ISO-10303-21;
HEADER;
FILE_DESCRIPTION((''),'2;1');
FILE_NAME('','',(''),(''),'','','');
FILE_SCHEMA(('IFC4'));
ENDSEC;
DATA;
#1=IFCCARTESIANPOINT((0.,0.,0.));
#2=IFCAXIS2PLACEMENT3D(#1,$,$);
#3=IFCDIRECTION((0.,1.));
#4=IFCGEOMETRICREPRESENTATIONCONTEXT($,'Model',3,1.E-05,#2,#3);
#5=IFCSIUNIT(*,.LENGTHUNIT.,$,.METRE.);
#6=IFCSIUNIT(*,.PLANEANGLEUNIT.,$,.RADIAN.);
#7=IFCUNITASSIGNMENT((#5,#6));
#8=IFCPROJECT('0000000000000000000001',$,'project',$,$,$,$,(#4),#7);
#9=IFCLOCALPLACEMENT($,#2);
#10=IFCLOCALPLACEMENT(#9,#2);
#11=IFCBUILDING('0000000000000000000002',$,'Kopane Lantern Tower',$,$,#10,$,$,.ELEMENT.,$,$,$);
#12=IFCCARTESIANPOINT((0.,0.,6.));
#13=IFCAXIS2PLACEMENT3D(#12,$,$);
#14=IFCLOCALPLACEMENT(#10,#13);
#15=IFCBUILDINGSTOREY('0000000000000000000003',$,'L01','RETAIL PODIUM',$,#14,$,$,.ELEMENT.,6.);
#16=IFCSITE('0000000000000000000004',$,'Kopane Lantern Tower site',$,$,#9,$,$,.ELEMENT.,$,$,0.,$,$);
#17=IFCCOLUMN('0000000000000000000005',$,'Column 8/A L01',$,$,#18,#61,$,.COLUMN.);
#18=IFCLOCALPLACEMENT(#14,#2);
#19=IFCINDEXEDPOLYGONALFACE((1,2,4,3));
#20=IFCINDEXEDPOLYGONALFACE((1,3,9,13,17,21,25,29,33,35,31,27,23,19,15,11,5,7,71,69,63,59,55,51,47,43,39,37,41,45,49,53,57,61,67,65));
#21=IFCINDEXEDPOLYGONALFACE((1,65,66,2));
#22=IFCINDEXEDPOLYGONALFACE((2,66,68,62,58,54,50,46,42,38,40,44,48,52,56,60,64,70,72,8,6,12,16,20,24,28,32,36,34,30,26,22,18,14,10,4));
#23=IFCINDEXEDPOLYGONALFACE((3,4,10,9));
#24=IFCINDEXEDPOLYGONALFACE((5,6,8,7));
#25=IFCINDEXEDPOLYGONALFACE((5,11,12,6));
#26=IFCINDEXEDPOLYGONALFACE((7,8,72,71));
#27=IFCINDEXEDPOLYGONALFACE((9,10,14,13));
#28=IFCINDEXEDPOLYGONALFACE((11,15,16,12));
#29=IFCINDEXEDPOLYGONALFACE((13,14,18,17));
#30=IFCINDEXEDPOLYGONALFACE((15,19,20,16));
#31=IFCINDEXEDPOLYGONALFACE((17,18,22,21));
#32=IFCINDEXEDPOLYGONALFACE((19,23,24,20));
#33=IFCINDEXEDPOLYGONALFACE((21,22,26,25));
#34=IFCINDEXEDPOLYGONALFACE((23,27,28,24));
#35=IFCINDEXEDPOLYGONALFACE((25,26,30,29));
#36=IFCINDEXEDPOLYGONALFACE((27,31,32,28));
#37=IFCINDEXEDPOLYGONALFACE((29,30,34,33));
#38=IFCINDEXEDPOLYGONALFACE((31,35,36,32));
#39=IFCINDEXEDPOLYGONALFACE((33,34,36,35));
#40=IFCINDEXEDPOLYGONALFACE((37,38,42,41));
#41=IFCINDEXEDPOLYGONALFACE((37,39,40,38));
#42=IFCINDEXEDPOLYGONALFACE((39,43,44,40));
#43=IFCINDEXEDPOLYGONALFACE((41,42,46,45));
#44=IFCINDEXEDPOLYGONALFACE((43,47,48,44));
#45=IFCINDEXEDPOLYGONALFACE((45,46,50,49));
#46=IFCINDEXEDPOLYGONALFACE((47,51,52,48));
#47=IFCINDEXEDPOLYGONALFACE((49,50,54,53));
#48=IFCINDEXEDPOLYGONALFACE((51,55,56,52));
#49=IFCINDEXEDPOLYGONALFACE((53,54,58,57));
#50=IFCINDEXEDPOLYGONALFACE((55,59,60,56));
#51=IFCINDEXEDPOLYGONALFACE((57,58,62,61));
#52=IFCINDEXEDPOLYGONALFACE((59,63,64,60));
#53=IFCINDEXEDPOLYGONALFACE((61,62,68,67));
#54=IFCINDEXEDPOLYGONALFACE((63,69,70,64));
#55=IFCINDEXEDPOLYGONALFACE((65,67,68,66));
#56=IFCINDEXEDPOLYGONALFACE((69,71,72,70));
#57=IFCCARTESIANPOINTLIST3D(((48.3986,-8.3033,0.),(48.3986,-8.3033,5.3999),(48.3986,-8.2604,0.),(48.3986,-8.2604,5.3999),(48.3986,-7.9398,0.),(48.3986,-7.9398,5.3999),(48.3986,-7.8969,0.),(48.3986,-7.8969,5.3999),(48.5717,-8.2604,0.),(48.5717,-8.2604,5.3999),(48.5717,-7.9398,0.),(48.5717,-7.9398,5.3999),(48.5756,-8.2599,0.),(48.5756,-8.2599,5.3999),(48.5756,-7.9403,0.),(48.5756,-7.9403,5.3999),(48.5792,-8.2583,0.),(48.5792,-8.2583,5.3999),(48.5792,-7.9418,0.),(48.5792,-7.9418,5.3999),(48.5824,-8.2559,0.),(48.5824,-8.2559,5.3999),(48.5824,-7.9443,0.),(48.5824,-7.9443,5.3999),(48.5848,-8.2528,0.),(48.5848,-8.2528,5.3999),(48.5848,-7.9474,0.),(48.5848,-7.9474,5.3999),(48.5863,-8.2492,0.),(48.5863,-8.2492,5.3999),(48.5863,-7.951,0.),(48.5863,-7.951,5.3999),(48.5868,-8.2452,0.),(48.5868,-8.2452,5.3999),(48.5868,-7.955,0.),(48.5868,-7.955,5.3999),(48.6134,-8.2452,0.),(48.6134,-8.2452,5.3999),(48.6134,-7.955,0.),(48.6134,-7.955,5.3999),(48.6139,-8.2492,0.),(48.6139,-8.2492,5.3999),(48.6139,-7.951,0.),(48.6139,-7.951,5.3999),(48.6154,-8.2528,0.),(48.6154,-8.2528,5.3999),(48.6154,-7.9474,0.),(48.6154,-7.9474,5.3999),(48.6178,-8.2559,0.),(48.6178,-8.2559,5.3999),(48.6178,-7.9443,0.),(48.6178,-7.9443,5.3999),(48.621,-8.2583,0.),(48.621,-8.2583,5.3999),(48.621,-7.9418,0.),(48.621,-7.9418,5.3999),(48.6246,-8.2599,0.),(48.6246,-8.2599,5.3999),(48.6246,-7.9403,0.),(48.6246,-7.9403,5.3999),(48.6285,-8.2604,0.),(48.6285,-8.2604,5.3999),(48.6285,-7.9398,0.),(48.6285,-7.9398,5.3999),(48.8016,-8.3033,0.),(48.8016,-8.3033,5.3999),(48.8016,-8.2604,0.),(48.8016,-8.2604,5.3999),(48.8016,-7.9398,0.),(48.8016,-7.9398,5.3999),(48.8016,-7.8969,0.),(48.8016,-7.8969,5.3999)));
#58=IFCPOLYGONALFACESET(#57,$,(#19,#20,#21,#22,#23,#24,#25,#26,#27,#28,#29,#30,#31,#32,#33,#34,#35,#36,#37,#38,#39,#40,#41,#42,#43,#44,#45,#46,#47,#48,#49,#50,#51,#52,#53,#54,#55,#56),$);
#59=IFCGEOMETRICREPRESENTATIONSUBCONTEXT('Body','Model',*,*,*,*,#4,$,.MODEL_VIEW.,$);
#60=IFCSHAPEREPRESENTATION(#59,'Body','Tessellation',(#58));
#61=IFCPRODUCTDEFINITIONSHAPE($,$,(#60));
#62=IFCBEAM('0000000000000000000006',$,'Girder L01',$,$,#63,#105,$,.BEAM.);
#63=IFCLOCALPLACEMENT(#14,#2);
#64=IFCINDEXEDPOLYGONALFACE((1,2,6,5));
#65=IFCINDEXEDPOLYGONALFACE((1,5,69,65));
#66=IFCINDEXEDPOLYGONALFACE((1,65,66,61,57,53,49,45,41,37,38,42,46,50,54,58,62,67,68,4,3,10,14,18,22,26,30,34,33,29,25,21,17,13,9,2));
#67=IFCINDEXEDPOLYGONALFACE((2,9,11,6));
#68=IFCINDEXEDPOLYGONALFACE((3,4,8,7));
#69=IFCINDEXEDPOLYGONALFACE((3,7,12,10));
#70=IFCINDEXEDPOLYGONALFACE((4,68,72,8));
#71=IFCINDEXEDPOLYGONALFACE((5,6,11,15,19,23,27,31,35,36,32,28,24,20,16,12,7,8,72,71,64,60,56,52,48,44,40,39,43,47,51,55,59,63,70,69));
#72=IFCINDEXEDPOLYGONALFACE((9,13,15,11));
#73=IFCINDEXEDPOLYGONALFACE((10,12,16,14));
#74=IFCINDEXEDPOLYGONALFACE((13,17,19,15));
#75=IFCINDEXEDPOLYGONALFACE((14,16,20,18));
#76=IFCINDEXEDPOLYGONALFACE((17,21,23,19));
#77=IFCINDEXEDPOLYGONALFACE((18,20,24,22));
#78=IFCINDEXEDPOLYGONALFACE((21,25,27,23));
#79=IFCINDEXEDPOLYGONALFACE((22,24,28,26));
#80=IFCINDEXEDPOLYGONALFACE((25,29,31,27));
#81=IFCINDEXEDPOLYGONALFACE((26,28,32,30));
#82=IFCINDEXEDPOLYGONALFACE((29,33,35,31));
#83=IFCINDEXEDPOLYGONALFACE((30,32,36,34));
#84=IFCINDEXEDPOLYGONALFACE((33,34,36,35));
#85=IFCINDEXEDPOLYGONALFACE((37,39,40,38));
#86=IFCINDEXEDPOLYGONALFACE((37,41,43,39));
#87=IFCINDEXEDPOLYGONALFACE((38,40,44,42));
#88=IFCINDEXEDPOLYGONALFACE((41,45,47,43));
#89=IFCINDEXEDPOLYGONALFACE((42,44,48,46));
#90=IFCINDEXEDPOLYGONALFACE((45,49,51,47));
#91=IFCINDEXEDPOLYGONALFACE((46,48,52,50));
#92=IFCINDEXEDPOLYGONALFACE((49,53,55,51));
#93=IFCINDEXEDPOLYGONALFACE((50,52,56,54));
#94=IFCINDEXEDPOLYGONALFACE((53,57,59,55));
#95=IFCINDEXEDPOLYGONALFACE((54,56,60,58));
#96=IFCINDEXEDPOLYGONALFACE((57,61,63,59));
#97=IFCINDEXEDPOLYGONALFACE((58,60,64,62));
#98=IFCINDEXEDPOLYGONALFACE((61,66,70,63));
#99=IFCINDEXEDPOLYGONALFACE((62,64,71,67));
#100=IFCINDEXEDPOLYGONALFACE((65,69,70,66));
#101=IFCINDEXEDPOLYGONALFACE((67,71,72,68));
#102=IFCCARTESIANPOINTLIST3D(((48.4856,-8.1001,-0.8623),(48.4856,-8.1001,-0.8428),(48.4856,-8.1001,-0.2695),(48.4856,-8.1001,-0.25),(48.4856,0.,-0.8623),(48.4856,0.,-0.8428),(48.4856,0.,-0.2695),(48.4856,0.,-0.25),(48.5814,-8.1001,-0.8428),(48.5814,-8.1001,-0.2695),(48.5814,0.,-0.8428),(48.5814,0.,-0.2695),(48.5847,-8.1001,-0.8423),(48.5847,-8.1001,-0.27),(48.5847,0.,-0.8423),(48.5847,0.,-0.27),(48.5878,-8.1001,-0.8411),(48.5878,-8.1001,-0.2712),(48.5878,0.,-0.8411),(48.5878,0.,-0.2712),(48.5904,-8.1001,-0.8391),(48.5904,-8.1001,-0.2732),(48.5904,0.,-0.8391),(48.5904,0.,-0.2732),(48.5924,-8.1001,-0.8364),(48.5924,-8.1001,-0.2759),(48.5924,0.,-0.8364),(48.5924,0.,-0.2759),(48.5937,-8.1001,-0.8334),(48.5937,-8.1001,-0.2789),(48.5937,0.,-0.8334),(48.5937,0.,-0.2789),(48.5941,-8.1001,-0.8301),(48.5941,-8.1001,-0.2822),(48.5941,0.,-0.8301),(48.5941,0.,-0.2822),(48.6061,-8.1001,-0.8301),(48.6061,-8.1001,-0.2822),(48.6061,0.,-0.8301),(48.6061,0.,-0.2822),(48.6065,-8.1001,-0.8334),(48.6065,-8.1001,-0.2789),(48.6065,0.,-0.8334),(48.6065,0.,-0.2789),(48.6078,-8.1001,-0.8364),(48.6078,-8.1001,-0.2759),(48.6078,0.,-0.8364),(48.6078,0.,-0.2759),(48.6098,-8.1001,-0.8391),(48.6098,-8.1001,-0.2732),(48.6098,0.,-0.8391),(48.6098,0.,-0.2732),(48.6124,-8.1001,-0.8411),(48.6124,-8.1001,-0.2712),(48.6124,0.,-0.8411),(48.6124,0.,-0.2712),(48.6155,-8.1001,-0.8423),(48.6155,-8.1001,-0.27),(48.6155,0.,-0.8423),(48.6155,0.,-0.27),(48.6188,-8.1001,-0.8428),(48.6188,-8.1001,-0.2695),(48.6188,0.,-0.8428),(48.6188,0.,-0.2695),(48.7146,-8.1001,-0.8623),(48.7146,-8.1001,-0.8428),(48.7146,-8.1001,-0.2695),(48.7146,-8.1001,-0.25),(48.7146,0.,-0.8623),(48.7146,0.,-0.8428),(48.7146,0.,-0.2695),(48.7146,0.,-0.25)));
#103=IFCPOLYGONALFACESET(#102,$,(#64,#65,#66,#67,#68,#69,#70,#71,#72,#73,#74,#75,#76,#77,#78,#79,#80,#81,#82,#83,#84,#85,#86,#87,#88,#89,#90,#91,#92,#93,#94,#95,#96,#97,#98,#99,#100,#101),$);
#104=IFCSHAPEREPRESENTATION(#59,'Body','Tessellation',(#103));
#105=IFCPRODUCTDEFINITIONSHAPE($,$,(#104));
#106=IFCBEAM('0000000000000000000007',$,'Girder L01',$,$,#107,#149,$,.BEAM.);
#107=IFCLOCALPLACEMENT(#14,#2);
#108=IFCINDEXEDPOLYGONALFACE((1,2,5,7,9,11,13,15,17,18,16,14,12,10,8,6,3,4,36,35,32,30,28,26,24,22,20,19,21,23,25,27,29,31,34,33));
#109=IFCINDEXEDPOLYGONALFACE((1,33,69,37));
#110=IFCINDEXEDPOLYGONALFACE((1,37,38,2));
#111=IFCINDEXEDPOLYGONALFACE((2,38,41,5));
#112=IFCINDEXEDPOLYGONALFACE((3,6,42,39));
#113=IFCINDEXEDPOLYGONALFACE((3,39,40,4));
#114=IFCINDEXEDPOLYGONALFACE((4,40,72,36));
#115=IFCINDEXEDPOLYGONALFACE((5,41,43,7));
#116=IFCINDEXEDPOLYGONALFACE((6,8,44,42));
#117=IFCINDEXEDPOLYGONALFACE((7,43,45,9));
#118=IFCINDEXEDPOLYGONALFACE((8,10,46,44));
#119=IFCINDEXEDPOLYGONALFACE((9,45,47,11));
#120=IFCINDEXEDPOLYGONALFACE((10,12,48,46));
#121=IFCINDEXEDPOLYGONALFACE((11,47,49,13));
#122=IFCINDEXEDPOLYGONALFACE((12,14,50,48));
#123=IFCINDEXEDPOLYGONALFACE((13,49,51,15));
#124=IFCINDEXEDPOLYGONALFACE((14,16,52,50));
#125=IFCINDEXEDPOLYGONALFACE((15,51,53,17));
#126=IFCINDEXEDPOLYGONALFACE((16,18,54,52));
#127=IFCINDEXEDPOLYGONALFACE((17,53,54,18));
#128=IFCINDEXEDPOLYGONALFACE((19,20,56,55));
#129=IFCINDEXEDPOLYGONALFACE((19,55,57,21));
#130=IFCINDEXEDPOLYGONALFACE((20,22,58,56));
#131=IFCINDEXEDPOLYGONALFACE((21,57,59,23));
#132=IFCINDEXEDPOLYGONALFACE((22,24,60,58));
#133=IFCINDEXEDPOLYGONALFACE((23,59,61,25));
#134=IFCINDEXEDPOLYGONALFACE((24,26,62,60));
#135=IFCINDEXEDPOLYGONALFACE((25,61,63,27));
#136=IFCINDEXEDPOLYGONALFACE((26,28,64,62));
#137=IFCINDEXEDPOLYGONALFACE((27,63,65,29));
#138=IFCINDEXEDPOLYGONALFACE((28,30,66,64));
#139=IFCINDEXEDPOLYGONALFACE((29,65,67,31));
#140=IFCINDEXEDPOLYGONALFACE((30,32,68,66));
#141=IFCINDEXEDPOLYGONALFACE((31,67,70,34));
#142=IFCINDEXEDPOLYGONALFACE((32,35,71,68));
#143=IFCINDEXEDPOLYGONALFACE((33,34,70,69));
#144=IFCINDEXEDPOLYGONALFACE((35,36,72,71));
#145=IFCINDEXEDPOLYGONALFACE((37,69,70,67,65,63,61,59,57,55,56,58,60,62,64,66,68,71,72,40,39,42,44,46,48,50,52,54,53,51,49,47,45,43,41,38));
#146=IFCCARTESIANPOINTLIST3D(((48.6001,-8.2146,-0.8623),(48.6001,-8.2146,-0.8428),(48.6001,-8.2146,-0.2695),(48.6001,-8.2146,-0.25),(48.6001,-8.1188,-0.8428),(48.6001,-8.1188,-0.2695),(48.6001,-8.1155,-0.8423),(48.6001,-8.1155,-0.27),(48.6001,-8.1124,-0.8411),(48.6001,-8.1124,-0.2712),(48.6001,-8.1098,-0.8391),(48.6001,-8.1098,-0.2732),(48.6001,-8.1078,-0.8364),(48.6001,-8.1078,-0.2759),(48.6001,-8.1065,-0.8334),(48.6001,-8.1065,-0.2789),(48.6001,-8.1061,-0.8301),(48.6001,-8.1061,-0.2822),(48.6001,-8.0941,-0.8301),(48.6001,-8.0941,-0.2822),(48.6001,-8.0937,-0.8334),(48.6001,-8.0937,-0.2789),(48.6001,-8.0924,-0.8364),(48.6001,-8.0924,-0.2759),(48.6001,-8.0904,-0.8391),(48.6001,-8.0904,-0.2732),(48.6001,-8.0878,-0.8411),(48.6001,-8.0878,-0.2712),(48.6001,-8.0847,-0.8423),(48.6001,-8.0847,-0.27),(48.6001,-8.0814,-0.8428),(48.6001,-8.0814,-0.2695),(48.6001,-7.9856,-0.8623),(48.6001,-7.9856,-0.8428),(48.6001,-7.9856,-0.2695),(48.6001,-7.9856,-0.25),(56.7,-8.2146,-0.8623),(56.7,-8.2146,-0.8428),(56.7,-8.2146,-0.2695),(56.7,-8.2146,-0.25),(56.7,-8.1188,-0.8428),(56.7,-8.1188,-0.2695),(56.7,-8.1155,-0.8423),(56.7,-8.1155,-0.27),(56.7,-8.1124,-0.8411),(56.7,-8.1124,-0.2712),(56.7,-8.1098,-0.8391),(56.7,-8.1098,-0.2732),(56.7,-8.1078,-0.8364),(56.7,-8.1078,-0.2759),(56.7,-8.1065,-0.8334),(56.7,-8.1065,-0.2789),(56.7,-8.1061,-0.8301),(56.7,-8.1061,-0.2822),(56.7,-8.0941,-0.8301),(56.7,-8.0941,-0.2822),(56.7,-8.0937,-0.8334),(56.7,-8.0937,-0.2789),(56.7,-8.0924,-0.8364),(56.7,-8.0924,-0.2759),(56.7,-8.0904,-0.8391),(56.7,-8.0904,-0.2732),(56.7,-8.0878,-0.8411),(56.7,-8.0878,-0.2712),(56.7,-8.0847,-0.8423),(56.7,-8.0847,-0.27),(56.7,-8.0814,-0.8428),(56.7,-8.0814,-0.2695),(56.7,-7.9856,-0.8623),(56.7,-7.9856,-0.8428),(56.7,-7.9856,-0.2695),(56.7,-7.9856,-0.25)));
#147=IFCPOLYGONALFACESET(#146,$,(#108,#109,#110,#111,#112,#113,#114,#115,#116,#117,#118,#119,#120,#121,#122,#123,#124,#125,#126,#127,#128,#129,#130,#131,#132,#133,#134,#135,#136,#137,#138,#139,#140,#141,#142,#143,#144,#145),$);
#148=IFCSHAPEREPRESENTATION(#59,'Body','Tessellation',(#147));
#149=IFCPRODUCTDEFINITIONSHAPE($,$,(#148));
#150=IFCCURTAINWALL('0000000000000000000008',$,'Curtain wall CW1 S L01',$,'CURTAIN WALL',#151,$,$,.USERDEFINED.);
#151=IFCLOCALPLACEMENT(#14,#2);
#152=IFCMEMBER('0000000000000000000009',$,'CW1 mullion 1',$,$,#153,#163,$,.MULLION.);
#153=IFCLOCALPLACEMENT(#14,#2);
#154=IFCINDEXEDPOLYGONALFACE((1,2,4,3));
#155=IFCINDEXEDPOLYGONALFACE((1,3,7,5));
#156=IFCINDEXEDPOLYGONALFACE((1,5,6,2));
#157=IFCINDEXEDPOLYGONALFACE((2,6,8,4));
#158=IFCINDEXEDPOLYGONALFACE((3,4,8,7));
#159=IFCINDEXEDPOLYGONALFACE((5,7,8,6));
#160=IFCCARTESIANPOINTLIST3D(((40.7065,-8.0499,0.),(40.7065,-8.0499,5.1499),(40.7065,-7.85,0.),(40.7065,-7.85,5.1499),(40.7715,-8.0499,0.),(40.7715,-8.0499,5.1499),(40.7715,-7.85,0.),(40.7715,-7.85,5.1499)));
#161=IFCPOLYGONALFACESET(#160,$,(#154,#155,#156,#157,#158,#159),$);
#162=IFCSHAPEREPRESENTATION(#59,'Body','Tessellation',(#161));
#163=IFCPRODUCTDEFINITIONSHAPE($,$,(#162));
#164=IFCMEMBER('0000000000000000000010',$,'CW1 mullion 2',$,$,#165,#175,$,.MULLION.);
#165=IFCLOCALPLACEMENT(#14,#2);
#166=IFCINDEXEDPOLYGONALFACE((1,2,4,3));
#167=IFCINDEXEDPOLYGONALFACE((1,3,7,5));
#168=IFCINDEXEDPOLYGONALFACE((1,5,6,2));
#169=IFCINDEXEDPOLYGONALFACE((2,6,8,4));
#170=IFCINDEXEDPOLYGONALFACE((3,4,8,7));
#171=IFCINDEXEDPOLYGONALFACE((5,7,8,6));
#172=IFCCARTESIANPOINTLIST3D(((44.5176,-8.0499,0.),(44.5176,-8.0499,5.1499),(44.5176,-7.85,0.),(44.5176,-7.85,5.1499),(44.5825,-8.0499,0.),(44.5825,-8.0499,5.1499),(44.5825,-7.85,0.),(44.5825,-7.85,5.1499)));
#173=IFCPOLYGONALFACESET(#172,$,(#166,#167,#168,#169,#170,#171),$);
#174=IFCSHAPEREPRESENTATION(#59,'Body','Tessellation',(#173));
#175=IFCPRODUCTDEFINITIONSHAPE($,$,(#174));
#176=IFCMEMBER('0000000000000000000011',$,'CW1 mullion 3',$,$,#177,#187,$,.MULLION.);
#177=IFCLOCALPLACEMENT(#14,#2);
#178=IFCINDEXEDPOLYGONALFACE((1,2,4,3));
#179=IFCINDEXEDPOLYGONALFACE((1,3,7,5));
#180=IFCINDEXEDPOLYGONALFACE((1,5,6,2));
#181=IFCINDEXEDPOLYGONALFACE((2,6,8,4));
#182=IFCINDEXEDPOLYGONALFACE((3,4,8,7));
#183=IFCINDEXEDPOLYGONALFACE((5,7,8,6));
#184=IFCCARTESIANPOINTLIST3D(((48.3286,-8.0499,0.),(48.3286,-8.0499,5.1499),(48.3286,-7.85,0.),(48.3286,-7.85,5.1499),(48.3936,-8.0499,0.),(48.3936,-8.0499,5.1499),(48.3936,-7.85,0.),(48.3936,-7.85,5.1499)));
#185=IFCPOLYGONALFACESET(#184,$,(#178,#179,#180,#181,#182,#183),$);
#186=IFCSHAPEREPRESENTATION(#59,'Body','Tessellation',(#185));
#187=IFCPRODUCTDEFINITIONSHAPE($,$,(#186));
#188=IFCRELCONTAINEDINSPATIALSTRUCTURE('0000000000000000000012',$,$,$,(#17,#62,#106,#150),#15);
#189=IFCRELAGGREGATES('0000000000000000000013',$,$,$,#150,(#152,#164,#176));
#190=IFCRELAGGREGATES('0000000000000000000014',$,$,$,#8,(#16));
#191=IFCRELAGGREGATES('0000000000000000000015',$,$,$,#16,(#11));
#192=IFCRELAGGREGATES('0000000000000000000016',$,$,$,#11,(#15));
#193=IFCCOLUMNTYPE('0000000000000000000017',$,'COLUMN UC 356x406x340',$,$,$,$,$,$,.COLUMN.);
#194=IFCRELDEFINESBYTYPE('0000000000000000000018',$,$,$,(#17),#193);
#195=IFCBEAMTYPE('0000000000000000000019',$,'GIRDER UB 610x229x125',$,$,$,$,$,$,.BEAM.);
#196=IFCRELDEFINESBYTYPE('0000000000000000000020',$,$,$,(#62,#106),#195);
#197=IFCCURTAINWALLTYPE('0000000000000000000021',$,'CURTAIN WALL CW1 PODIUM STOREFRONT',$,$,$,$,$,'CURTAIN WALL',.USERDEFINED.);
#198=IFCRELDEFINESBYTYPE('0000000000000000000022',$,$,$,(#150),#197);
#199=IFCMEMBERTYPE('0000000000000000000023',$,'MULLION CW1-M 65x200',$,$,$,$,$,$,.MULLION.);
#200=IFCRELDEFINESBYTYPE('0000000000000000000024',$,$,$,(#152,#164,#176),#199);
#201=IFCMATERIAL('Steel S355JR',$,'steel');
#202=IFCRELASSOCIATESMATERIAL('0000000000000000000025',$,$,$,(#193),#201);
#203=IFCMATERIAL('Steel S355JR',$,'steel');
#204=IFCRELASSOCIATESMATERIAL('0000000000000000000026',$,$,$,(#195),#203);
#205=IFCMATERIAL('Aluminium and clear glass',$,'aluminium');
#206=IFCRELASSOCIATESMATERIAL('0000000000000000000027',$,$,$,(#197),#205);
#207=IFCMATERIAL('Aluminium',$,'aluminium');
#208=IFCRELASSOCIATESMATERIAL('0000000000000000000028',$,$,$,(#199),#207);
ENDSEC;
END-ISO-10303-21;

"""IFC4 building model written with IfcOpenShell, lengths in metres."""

from ifc_helpers import new_model, si_unit, direction, frame, origin, origin_2d, place, context, subcontext, project, spatial, rectangle, i_section, extrude, material, material_profile, profile_set, type_object, element, aggregate, save


model = new_model("IFC4")

# Units and contexts
model_context = context("Model", 3, precision=1e-05, world=origin(), true_north=direction((0.0, 1.0)))
body_context = subcontext(model_context, "Body", "Model", "MODEL_VIEW")
ifc_project = project(units=[si_unit("LENGTHUNIT", "METRE"), si_unit("PLANEANGLEUNIT", "RADIAN")], contexts=[model_context])

# Site, building, storey
site_placement = place(None, origin())
site = spatial("IfcSite", under=ifc_project, at=site_placement, Name="Kopane Lantern Tower site", CompositionType="ELEMENT", RefElevation=0.0)
building_placement = place(site_placement, origin())
building = spatial("IfcBuilding", under=site, at=building_placement, Name="Kopane Lantern Tower", CompositionType="ELEMENT")
storey_placement = place(building_placement, frame((0.0, 0.0, 6.0)))
storey = spatial("IfcBuildingStorey", under=building, at=storey_placement, Name="L01", Description="RETAIL PODIUM", CompositionType="ELEMENT", Elevation=6.0)

# Column
ifc_material_1 = material(Name="Steel S355JR", Category="steel")
ifc_material_profile_1 = material_profile(ifc_material_1, i_section(OverallWidth=0.4031, OverallDepth=0.4065, WebThickness=0.0266, FlangeThickness=0.043, FilletRadius=0.0151, at=origin_2d()), Name="UC 356x406x340")
ifc_profile_set_1 = profile_set([ifc_material_profile_1], Name="Steel S355JR")
column_type = type_object("IfcColumnType", Name="COLUMN UC 356x406x340", PredefinedType="COLUMN", material=ifc_profile_set_1)
column_placement = place(storey_placement, frame((48.6001, -8.1001, 0.0), z_axis=(0.0, 0.0, 1.0), x_axis=(1.0, 0.0, 0.0)))
element("IfcColumn", 1, at=column_placement, inside=storey, type_object=column_type, Name="Column 8/A L01", PredefinedType="COLUMN", context=body_context, shape_type="SweptSolid", body=[
    extrude(i_section(OverallWidth=0.4031, OverallDepth=0.4065, WebThickness=0.0266, FlangeThickness=0.043, FilletRadius=0.0151, at=origin_2d()), origin(), (0.0, 0.0, 1.0), 5.3999),
])

# Beams
ifc_material_2 = material(Name="Steel S355JR", Category="steel")
ifc_material_profile_2 = material_profile(ifc_material_2, i_section(OverallWidth=0.229, OverallDepth=0.6123, WebThickness=0.012, FlangeThickness=0.0195, FilletRadius=0.0127, at=origin_2d()), Name="UB 610x229x125")
ifc_profile_set_2 = profile_set([ifc_material_profile_2], Name="Steel S355JR")
beam_type = type_object("IfcBeamType", Name="GIRDER UB 610x229x125", PredefinedType="BEAM", material=ifc_profile_set_2)
beam_1_placement = place(storey_placement, frame((48.6001, -8.1001, -0.5562), z_axis=(0.0, 1.0, 0.0), x_axis=(-1.0, 0.0, 0.0)))
element("IfcBeam", 2, at=beam_1_placement, inside=storey, type_object=beam_type, Name="Girder L01", PredefinedType="BEAM", context=body_context, shape_type="SweptSolid", body=[
    extrude(i_section(OverallWidth=0.229, OverallDepth=0.6123, WebThickness=0.012, FlangeThickness=0.0195, FilletRadius=0.0127, at=origin_2d()), origin(), (0.0, 0.0, 1.0), 8.1001),
])
beam_2_placement = place(storey_placement, frame((48.6001, -8.1001, -0.5562), z_axis=(1.0, 0.0, 0.0), x_axis=(0.0, 1.0, 0.0)))
element("IfcBeam", 3, at=beam_2_placement, inside=storey, type_object=beam_type, Name="Girder L01", PredefinedType="BEAM", context=body_context, shape_type="SweptSolid", body=[
    extrude(i_section(OverallWidth=0.229, OverallDepth=0.6123, WebThickness=0.012, FlangeThickness=0.0195, FilletRadius=0.0127, at=origin_2d()), origin(), (0.0, 0.0, 1.0), 8.0999),
])

# Curtain wall, members
ifc_material_3 = material(Name="Aluminium and clear glass", Category="aluminium")
curtain_wall_type = type_object("IfcCurtainWallType", Name="CURTAIN WALL CW1 PODIUM STOREFRONT", ElementType="CURTAIN WALL", PredefinedType="USERDEFINED", material=ifc_material_3)
curtain_wall_1_placement = place(storey_placement, origin())
curtain_wall_1 = element("IfcCurtainWall", 4, at=curtain_wall_1_placement, inside=storey, type_object=curtain_wall_type, Name="Curtain wall CW1 S L01", ObjectType="CURTAIN WALL", PredefinedType="USERDEFINED")
ifc_material_4 = material(Name="Aluminium", Category="aluminium")
ifc_material_profile_3 = material_profile(ifc_material_4, rectangle(XDim=0.0649, YDim=0.2, at=origin_2d()), Name="AL 65x200")
ifc_profile_set_3 = profile_set([ifc_material_profile_3], Name="Aluminium")
member_type_1 = type_object("IfcMemberType", Name="MULLION CW1-M 65x200", PredefinedType="MULLION", material=ifc_profile_set_3)
member_1_placement = place(storey_placement, frame((40.739, -7.95, 0.0), z_axis=(0.0, 0.0, 1.0), x_axis=(1.0, 0.0, 0.0)))
member_1 = element("IfcMember", 5, at=member_1_placement, type_object=member_type_1, Name="CW1 mullion 1", PredefinedType="MULLION", context=body_context, shape_type="SweptSolid", body=[
    extrude(rectangle(XDim=0.0649, YDim=0.2, at=origin_2d()), origin(), (0.0, 0.0, 1.0), 5.1499),
])
member_2_placement = place(storey_placement, frame((44.55, -7.95, 0.0), z_axis=(0.0, 0.0, 1.0), x_axis=(1.0, 0.0, 0.0)))
member_2 = element("IfcMember", 6, at=member_2_placement, type_object=member_type_1, Name="CW1 mullion 2", PredefinedType="MULLION", context=body_context, shape_type="SweptSolid", body=[
    extrude(rectangle(XDim=0.0649, YDim=0.2, at=origin_2d()), origin(), (0.0, 0.0, 1.0), 5.1499),
])
member_3_placement = place(storey_placement, frame((48.3611, -7.95, 0.0), z_axis=(0.0, 0.0, 1.0), x_axis=(1.0, 0.0, 0.0)))
member_3 = element("IfcMember", 7, at=member_3_placement, type_object=member_type_1, Name="CW1 mullion 3", PredefinedType="MULLION", context=body_context, shape_type="SweptSolid", body=[
    extrude(rectangle(XDim=0.0649, YDim=0.2, at=origin_2d()), origin(), (0.0, 0.0, 1.0), 5.1499),
])

aggregate(curtain_wall_1, [member_1, member_2, member_3])

save(model, "model.ifc")
